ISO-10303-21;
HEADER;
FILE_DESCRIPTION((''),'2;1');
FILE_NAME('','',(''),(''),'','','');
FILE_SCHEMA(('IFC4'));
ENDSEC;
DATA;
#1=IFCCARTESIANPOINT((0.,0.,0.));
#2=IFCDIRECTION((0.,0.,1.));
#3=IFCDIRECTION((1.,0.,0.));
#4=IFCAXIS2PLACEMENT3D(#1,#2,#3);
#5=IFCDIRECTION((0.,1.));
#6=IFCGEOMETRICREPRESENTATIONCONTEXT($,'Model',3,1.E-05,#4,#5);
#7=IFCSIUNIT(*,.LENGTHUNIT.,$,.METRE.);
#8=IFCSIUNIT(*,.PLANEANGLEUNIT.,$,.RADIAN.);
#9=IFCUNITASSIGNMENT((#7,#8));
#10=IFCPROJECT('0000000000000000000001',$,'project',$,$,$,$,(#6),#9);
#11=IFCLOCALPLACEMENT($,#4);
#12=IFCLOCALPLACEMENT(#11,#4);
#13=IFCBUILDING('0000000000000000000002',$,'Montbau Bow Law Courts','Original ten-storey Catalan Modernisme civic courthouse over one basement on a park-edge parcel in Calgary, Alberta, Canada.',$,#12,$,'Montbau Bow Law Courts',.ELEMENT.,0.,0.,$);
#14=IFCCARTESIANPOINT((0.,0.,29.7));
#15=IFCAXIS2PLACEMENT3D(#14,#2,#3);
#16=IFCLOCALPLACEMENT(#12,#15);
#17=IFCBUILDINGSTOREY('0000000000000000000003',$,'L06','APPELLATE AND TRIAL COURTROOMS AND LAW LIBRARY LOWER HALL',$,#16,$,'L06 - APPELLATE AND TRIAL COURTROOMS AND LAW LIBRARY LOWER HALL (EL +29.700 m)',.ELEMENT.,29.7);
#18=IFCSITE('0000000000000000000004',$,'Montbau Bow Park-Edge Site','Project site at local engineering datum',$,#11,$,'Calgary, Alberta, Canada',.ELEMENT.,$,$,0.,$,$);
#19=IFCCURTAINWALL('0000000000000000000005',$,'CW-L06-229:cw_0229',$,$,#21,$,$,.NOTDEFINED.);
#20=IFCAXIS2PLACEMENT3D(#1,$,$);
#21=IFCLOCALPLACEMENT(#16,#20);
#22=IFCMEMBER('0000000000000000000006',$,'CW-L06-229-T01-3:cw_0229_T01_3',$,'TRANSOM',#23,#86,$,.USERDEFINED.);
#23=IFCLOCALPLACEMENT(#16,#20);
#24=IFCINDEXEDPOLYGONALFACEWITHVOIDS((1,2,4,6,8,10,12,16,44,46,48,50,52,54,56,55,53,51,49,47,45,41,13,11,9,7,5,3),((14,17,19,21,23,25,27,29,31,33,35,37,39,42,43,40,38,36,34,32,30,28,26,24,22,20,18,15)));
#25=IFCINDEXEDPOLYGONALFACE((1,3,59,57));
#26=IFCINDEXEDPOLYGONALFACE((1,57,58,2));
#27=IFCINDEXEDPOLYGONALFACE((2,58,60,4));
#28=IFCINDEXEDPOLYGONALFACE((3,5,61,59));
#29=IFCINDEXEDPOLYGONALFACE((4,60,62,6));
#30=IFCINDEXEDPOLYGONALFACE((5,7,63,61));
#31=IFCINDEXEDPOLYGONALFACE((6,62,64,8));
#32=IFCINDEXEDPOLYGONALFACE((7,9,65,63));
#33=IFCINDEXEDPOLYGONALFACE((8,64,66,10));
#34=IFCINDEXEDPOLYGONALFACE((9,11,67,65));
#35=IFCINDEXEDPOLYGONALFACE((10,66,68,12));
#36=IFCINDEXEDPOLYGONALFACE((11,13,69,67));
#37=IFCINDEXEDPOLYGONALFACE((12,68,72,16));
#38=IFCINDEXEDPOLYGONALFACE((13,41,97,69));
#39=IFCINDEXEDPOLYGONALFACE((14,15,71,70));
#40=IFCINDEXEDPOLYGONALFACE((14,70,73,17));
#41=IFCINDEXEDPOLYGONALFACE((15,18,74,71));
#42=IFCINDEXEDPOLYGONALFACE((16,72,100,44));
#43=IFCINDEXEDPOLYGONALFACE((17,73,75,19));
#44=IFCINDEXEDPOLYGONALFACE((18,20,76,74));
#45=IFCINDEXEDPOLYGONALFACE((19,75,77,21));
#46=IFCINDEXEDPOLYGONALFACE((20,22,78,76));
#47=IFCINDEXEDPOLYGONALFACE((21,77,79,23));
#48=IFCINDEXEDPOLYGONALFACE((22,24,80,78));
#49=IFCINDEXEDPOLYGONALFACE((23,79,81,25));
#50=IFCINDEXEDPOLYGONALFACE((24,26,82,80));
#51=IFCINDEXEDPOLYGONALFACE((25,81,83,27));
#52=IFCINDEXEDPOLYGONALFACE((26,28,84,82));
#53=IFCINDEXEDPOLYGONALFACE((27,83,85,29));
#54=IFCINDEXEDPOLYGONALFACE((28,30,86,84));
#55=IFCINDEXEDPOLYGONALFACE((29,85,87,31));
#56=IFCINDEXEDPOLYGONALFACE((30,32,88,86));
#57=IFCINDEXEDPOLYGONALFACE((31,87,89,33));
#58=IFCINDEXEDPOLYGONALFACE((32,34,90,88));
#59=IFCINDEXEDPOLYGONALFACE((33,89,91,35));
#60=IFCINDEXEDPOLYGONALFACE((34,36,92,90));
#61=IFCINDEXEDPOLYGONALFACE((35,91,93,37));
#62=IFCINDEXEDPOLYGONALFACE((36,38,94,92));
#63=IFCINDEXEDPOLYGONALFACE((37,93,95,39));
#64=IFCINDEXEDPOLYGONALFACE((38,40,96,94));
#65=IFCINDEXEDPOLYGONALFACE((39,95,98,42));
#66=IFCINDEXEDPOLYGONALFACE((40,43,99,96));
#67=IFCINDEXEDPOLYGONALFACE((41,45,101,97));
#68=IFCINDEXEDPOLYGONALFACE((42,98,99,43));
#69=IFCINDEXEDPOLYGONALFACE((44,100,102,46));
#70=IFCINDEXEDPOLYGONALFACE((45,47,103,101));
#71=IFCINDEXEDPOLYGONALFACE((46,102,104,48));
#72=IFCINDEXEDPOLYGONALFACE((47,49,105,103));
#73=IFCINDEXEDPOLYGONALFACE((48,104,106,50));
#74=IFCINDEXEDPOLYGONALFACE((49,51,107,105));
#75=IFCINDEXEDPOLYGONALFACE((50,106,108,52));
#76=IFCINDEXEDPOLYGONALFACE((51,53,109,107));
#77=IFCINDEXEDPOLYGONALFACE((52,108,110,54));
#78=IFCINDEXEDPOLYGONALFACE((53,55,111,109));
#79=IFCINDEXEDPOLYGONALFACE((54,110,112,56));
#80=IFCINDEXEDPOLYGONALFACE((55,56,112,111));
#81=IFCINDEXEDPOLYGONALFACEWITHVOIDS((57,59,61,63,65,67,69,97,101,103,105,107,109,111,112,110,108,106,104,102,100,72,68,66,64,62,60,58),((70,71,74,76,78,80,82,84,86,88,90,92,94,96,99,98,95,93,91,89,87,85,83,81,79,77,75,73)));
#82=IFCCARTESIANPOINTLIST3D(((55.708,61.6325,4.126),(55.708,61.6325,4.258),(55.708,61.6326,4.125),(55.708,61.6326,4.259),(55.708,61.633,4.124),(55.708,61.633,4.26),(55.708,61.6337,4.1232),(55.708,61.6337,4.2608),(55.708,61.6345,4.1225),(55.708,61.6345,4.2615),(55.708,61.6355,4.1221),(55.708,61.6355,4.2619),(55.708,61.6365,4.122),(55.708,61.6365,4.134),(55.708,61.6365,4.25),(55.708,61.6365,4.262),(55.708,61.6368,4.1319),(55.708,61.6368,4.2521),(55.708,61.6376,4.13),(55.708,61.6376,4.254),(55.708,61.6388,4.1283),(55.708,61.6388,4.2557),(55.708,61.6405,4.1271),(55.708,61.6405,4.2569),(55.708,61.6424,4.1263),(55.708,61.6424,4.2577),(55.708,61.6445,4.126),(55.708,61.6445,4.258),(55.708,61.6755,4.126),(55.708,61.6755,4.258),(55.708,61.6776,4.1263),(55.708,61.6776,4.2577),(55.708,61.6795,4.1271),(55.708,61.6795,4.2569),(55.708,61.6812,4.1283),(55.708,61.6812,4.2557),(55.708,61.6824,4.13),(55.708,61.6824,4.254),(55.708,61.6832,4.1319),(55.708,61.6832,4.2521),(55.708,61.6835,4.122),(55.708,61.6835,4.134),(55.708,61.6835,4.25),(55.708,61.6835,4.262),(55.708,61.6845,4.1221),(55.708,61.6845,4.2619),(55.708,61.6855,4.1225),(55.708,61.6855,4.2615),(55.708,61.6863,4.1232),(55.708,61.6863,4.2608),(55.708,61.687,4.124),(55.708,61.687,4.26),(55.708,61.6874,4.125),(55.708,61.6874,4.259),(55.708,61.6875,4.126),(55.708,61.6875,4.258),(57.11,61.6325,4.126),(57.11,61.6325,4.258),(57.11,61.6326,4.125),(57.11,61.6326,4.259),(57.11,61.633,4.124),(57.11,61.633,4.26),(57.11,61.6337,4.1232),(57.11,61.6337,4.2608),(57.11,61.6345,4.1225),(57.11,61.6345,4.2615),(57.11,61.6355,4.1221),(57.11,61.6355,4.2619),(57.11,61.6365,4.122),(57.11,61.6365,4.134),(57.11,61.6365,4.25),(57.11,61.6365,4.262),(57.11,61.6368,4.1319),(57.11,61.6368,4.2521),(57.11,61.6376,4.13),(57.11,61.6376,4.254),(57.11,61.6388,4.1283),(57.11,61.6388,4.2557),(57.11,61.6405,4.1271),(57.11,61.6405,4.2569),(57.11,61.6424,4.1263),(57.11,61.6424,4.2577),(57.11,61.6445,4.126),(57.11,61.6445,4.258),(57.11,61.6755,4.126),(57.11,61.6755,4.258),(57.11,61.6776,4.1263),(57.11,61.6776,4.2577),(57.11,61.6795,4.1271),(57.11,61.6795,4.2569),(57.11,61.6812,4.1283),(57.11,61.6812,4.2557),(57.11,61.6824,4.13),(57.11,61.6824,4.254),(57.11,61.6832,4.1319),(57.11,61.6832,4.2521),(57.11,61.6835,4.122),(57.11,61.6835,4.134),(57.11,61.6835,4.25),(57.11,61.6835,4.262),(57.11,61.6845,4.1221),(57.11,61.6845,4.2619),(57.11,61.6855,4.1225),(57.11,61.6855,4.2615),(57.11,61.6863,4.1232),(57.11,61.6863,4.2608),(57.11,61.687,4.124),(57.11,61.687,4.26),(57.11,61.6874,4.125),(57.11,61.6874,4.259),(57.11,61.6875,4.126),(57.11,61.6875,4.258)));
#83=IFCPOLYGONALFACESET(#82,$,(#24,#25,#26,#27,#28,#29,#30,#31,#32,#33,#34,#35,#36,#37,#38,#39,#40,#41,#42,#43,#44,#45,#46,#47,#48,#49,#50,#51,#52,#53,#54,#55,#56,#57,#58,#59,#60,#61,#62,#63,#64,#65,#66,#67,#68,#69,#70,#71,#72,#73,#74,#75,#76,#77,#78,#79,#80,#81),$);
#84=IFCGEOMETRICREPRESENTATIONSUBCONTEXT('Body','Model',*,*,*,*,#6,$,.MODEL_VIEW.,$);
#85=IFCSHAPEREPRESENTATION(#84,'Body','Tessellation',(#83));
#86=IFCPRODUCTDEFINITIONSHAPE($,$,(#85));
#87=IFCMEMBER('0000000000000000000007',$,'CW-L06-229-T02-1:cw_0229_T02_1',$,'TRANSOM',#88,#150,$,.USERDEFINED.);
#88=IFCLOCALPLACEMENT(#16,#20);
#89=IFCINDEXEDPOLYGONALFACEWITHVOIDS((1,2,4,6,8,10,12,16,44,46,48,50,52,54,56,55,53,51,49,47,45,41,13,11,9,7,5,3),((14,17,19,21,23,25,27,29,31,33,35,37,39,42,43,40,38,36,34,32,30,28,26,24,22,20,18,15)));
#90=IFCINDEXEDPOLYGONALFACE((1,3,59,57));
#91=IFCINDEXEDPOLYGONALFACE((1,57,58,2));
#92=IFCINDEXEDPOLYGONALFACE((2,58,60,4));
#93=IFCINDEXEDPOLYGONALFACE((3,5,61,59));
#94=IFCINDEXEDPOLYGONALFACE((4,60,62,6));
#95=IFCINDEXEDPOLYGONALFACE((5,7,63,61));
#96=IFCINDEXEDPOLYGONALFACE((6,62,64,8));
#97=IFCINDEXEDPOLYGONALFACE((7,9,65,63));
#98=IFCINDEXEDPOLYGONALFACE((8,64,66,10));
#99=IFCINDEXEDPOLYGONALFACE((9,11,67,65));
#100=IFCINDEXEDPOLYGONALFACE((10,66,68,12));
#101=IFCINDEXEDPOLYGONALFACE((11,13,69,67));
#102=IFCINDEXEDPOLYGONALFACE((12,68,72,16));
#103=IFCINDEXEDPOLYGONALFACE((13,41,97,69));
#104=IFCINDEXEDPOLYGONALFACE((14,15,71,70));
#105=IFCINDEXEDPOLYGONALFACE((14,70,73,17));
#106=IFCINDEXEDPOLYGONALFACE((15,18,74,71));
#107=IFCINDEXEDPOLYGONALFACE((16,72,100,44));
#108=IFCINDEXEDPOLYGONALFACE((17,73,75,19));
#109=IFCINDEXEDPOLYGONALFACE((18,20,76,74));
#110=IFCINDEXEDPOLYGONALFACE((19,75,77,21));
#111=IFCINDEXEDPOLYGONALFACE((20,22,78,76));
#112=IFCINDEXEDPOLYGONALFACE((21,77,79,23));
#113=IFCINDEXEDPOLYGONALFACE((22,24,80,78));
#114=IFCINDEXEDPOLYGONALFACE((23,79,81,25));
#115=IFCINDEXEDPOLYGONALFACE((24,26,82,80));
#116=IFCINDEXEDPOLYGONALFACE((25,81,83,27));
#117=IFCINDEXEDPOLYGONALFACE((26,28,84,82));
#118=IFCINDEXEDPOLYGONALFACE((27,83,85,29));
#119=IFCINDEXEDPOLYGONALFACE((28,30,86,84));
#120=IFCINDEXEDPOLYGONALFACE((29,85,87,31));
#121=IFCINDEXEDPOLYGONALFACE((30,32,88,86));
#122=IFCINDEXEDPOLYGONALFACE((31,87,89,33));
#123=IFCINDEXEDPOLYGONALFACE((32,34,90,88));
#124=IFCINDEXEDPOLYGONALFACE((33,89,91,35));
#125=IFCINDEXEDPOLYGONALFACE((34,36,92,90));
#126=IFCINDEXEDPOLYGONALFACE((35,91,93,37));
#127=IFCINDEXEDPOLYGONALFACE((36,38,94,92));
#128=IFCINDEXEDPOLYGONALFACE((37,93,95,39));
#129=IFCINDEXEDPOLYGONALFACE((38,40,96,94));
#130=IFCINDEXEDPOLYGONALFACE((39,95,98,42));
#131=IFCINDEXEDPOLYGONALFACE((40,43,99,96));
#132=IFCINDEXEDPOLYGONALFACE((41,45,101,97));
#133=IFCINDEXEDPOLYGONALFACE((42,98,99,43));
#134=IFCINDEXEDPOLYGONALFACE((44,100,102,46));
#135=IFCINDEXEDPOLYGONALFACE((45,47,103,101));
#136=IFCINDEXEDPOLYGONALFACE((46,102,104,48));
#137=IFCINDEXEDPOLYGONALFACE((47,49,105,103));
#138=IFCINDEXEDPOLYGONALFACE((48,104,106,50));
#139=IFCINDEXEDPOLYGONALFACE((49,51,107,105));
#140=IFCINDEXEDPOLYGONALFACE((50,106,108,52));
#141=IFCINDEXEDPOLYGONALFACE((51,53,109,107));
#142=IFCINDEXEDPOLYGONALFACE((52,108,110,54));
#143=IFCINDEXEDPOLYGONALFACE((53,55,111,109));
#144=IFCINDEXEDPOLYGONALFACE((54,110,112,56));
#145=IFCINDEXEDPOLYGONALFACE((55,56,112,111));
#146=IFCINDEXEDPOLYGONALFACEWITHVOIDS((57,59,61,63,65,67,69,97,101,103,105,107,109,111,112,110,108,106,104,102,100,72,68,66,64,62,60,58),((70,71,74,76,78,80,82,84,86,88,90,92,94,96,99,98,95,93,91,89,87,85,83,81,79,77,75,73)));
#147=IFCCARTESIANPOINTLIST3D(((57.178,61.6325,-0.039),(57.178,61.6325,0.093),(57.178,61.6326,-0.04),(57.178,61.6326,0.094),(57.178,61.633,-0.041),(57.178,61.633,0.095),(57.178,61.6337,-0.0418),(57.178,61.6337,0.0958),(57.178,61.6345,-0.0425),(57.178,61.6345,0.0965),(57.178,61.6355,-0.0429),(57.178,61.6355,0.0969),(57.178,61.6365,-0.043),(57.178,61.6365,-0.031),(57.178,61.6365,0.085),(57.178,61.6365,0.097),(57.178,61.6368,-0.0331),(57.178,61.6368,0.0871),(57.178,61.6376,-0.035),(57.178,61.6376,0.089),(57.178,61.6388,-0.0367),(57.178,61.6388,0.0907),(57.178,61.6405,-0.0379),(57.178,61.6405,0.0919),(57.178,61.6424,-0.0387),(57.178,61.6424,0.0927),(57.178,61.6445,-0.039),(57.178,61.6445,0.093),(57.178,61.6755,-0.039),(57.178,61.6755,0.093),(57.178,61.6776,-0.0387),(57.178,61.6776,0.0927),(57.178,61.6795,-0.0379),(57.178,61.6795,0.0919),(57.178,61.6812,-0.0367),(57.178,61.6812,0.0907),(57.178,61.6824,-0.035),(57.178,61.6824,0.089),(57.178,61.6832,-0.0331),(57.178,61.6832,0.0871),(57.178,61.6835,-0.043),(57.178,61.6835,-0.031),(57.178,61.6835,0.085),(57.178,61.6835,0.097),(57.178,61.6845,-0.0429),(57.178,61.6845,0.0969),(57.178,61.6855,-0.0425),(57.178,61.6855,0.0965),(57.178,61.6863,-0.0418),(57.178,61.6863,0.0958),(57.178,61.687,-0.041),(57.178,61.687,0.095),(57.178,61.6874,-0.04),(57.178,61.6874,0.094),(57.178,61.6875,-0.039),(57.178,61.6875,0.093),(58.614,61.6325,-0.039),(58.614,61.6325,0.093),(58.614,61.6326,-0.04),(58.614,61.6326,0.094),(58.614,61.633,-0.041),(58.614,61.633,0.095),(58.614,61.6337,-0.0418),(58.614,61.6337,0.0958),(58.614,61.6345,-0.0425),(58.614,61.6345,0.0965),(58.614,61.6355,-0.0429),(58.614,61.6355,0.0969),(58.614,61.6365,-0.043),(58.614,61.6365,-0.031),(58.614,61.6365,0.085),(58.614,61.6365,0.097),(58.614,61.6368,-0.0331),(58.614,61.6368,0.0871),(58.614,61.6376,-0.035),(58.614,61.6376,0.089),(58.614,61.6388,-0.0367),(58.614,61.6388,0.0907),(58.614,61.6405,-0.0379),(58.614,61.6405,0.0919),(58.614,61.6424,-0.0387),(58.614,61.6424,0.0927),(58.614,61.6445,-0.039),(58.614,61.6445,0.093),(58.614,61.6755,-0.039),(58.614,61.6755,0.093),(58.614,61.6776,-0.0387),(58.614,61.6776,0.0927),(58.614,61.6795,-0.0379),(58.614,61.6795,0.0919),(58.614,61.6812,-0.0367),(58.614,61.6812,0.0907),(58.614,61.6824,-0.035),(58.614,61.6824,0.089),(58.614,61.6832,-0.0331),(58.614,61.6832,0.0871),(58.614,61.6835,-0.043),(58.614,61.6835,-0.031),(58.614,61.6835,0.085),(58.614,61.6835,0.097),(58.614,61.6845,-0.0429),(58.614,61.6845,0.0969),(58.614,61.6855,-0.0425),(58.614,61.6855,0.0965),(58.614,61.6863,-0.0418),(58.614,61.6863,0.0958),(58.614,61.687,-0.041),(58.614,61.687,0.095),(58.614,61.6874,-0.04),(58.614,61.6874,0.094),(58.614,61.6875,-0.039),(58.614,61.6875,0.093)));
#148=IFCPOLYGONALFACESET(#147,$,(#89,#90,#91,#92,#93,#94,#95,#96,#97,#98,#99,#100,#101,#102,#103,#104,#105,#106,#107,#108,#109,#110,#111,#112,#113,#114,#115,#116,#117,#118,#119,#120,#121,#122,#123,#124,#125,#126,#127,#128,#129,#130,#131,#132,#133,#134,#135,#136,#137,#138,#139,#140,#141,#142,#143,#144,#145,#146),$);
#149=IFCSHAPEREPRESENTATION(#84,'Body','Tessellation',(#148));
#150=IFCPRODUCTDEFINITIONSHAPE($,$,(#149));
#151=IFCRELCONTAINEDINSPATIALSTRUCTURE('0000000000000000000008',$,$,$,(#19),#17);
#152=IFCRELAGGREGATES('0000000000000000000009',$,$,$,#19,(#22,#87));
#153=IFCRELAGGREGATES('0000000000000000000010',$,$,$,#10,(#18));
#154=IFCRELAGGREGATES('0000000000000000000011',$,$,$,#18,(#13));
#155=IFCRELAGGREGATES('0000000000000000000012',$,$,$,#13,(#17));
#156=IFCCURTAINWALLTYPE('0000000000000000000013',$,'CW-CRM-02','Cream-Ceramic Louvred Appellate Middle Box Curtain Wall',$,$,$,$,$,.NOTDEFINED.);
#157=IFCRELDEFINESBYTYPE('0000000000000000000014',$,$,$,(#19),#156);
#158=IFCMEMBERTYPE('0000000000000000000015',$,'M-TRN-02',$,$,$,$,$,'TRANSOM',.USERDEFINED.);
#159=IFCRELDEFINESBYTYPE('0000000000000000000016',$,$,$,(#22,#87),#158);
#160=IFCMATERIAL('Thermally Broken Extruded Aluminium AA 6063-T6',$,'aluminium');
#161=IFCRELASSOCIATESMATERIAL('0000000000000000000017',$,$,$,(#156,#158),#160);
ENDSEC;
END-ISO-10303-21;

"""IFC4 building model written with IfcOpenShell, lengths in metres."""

from ifc_helpers import new_model, si_unit, direction, frame, origin_with_axes, origin_2d_with_axis, place, context, subcontext, project, spatial, hollow_rectangle, extrude, material, material_profile, profile_set, type_object, element, aggregate, save


model = new_model("IFC4")

# Units and contexts
model_context = context("Model", 3, precision=1e-05, world=origin_with_axes(), true_north=direction((0.0, 1.0)))
body_context = subcontext(model_context, "Body", "Model", "MODEL_VIEW")
ifc_project = project(units=[si_unit("LENGTHUNIT", "METRE"), si_unit("PLANEANGLEUNIT", "RADIAN")], contexts=[model_context])

# Site, building, storey
site_placement = place(None, origin_with_axes())
site = spatial("IfcSite", under=ifc_project, at=site_placement, Name="Montbau Bow Park-Edge Site", Description="Project site at local engineering datum", LongName="Calgary, Alberta, Canada", CompositionType="ELEMENT", RefElevation=0.0)
building_placement = place(site_placement, origin_with_axes())
building = spatial("IfcBuilding", under=site, at=building_placement, Name="Montbau Bow Law Courts", Description="Original ten-storey Catalan Modernisme civic courthouse over one basement on a park-edge parcel in Calgary, Alberta, Canada.", LongName="Montbau Bow Law Courts", CompositionType="ELEMENT", ElevationOfRefHeight=0.0, ElevationOfTerrain=0.0)
storey_placement = place(building_placement, frame((0.0, 0.0, 29.7), z_axis=(0.0, 0.0, 1.0), x_axis=(1.0, 0.0, 0.0)))
storey = spatial("IfcBuildingStorey", under=building, at=storey_placement, Name="L06", Description="APPELLATE AND TRIAL COURTROOMS AND LAW LIBRARY LOWER HALL", LongName="L06 - APPELLATE AND TRIAL COURTROOMS AND LAW LIBRARY LOWER HALL (EL +29.700 m)", CompositionType="ELEMENT", Elevation=29.7)

# Curtain wall, members
ifc_material_1 = material(Name="Thermally Broken Extruded Aluminium AA 6063-T6", Category="aluminium")
curtain_wall_type = type_object("IfcCurtainWallType", Name="CW-CRM-02", Description="Cream-Ceramic Louvred Appellate Middle Box Curtain Wall", PredefinedType="NOTDEFINED", material=ifc_material_1)
curtain_wall_placement = place(None, frame((55.64, 61.66, 29.7), z_axis=(0.0, 0.0, 1.0), x_axis=(1.0, 0.0, 0.0)))
curtain_wall = element("IfcCurtainWall", 1, at=curtain_wall_placement, inside=storey, type_object=curtain_wall_type, Name="CW-L06-229:cw_0229", PredefinedType="NOTDEFINED")
ifc_material_profile_1 = material_profile(ifc_material_1, hollow_rectangle(XDim=0.055, YDim=0.14, WallThickness=0.004, InnerFilletRadius=0.008, OuterFilletRadius=0.004, at=origin_2d_with_axis()), Name="CWT-140X55", Category="Main", Priority=0)
ifc_profile_set_1 = profile_set([ifc_material_profile_1], Name="Thermally Broken Extruded Aluminium AA 6063-T6")
member_type_1 = type_object("IfcMemberType", Name="M-TRN-02", ElementType="TRANSOM", PredefinedType="USERDEFINED", material=ifc_profile_set_1)
member_1_placement = place(None, frame((55.708, 61.66, 33.892), z_axis=(1.0, 0.0, 0.0), x_axis=(0.0, 1.0, 0.0)))
member_1 = element("IfcMember", 2, at=member_1_placement, type_object=member_type_1, Name="CW-L06-229-T01-3:cw_0229_T01_3", ObjectType="TRANSOM", PredefinedType="USERDEFINED", context=body_context, shape_type="SweptSolid", body=[
    extrude(hollow_rectangle(XDim=0.055, YDim=0.14, WallThickness=0.004, InnerFilletRadius=0.008, OuterFilletRadius=0.004, at=origin_2d_with_axis()), origin_with_axes(), (0.0, 0.0, 1.0), 1.402),
])
member_2_placement = place(None, frame((57.178, 61.66, 29.727), z_axis=(1.0, 0.0, 0.0), x_axis=(0.0, 1.0, 0.0)))
member_2 = element("IfcMember", 3, at=member_2_placement, type_object=member_type_1, Name="CW-L06-229-T02-1:cw_0229_T02_1", ObjectType="TRANSOM", PredefinedType="USERDEFINED", context=body_context, shape_type="SweptSolid", body=[
    extrude(hollow_rectangle(XDim=0.055, YDim=0.14, WallThickness=0.004, InnerFilletRadius=0.008, OuterFilletRadius=0.004, at=origin_2d_with_axis()), origin_with_axes(), (0.0, 0.0, 1.0), 1.436),
])
aggregate(curtain_wall, [member_1, member_2])

save(model, "model.ifc")
